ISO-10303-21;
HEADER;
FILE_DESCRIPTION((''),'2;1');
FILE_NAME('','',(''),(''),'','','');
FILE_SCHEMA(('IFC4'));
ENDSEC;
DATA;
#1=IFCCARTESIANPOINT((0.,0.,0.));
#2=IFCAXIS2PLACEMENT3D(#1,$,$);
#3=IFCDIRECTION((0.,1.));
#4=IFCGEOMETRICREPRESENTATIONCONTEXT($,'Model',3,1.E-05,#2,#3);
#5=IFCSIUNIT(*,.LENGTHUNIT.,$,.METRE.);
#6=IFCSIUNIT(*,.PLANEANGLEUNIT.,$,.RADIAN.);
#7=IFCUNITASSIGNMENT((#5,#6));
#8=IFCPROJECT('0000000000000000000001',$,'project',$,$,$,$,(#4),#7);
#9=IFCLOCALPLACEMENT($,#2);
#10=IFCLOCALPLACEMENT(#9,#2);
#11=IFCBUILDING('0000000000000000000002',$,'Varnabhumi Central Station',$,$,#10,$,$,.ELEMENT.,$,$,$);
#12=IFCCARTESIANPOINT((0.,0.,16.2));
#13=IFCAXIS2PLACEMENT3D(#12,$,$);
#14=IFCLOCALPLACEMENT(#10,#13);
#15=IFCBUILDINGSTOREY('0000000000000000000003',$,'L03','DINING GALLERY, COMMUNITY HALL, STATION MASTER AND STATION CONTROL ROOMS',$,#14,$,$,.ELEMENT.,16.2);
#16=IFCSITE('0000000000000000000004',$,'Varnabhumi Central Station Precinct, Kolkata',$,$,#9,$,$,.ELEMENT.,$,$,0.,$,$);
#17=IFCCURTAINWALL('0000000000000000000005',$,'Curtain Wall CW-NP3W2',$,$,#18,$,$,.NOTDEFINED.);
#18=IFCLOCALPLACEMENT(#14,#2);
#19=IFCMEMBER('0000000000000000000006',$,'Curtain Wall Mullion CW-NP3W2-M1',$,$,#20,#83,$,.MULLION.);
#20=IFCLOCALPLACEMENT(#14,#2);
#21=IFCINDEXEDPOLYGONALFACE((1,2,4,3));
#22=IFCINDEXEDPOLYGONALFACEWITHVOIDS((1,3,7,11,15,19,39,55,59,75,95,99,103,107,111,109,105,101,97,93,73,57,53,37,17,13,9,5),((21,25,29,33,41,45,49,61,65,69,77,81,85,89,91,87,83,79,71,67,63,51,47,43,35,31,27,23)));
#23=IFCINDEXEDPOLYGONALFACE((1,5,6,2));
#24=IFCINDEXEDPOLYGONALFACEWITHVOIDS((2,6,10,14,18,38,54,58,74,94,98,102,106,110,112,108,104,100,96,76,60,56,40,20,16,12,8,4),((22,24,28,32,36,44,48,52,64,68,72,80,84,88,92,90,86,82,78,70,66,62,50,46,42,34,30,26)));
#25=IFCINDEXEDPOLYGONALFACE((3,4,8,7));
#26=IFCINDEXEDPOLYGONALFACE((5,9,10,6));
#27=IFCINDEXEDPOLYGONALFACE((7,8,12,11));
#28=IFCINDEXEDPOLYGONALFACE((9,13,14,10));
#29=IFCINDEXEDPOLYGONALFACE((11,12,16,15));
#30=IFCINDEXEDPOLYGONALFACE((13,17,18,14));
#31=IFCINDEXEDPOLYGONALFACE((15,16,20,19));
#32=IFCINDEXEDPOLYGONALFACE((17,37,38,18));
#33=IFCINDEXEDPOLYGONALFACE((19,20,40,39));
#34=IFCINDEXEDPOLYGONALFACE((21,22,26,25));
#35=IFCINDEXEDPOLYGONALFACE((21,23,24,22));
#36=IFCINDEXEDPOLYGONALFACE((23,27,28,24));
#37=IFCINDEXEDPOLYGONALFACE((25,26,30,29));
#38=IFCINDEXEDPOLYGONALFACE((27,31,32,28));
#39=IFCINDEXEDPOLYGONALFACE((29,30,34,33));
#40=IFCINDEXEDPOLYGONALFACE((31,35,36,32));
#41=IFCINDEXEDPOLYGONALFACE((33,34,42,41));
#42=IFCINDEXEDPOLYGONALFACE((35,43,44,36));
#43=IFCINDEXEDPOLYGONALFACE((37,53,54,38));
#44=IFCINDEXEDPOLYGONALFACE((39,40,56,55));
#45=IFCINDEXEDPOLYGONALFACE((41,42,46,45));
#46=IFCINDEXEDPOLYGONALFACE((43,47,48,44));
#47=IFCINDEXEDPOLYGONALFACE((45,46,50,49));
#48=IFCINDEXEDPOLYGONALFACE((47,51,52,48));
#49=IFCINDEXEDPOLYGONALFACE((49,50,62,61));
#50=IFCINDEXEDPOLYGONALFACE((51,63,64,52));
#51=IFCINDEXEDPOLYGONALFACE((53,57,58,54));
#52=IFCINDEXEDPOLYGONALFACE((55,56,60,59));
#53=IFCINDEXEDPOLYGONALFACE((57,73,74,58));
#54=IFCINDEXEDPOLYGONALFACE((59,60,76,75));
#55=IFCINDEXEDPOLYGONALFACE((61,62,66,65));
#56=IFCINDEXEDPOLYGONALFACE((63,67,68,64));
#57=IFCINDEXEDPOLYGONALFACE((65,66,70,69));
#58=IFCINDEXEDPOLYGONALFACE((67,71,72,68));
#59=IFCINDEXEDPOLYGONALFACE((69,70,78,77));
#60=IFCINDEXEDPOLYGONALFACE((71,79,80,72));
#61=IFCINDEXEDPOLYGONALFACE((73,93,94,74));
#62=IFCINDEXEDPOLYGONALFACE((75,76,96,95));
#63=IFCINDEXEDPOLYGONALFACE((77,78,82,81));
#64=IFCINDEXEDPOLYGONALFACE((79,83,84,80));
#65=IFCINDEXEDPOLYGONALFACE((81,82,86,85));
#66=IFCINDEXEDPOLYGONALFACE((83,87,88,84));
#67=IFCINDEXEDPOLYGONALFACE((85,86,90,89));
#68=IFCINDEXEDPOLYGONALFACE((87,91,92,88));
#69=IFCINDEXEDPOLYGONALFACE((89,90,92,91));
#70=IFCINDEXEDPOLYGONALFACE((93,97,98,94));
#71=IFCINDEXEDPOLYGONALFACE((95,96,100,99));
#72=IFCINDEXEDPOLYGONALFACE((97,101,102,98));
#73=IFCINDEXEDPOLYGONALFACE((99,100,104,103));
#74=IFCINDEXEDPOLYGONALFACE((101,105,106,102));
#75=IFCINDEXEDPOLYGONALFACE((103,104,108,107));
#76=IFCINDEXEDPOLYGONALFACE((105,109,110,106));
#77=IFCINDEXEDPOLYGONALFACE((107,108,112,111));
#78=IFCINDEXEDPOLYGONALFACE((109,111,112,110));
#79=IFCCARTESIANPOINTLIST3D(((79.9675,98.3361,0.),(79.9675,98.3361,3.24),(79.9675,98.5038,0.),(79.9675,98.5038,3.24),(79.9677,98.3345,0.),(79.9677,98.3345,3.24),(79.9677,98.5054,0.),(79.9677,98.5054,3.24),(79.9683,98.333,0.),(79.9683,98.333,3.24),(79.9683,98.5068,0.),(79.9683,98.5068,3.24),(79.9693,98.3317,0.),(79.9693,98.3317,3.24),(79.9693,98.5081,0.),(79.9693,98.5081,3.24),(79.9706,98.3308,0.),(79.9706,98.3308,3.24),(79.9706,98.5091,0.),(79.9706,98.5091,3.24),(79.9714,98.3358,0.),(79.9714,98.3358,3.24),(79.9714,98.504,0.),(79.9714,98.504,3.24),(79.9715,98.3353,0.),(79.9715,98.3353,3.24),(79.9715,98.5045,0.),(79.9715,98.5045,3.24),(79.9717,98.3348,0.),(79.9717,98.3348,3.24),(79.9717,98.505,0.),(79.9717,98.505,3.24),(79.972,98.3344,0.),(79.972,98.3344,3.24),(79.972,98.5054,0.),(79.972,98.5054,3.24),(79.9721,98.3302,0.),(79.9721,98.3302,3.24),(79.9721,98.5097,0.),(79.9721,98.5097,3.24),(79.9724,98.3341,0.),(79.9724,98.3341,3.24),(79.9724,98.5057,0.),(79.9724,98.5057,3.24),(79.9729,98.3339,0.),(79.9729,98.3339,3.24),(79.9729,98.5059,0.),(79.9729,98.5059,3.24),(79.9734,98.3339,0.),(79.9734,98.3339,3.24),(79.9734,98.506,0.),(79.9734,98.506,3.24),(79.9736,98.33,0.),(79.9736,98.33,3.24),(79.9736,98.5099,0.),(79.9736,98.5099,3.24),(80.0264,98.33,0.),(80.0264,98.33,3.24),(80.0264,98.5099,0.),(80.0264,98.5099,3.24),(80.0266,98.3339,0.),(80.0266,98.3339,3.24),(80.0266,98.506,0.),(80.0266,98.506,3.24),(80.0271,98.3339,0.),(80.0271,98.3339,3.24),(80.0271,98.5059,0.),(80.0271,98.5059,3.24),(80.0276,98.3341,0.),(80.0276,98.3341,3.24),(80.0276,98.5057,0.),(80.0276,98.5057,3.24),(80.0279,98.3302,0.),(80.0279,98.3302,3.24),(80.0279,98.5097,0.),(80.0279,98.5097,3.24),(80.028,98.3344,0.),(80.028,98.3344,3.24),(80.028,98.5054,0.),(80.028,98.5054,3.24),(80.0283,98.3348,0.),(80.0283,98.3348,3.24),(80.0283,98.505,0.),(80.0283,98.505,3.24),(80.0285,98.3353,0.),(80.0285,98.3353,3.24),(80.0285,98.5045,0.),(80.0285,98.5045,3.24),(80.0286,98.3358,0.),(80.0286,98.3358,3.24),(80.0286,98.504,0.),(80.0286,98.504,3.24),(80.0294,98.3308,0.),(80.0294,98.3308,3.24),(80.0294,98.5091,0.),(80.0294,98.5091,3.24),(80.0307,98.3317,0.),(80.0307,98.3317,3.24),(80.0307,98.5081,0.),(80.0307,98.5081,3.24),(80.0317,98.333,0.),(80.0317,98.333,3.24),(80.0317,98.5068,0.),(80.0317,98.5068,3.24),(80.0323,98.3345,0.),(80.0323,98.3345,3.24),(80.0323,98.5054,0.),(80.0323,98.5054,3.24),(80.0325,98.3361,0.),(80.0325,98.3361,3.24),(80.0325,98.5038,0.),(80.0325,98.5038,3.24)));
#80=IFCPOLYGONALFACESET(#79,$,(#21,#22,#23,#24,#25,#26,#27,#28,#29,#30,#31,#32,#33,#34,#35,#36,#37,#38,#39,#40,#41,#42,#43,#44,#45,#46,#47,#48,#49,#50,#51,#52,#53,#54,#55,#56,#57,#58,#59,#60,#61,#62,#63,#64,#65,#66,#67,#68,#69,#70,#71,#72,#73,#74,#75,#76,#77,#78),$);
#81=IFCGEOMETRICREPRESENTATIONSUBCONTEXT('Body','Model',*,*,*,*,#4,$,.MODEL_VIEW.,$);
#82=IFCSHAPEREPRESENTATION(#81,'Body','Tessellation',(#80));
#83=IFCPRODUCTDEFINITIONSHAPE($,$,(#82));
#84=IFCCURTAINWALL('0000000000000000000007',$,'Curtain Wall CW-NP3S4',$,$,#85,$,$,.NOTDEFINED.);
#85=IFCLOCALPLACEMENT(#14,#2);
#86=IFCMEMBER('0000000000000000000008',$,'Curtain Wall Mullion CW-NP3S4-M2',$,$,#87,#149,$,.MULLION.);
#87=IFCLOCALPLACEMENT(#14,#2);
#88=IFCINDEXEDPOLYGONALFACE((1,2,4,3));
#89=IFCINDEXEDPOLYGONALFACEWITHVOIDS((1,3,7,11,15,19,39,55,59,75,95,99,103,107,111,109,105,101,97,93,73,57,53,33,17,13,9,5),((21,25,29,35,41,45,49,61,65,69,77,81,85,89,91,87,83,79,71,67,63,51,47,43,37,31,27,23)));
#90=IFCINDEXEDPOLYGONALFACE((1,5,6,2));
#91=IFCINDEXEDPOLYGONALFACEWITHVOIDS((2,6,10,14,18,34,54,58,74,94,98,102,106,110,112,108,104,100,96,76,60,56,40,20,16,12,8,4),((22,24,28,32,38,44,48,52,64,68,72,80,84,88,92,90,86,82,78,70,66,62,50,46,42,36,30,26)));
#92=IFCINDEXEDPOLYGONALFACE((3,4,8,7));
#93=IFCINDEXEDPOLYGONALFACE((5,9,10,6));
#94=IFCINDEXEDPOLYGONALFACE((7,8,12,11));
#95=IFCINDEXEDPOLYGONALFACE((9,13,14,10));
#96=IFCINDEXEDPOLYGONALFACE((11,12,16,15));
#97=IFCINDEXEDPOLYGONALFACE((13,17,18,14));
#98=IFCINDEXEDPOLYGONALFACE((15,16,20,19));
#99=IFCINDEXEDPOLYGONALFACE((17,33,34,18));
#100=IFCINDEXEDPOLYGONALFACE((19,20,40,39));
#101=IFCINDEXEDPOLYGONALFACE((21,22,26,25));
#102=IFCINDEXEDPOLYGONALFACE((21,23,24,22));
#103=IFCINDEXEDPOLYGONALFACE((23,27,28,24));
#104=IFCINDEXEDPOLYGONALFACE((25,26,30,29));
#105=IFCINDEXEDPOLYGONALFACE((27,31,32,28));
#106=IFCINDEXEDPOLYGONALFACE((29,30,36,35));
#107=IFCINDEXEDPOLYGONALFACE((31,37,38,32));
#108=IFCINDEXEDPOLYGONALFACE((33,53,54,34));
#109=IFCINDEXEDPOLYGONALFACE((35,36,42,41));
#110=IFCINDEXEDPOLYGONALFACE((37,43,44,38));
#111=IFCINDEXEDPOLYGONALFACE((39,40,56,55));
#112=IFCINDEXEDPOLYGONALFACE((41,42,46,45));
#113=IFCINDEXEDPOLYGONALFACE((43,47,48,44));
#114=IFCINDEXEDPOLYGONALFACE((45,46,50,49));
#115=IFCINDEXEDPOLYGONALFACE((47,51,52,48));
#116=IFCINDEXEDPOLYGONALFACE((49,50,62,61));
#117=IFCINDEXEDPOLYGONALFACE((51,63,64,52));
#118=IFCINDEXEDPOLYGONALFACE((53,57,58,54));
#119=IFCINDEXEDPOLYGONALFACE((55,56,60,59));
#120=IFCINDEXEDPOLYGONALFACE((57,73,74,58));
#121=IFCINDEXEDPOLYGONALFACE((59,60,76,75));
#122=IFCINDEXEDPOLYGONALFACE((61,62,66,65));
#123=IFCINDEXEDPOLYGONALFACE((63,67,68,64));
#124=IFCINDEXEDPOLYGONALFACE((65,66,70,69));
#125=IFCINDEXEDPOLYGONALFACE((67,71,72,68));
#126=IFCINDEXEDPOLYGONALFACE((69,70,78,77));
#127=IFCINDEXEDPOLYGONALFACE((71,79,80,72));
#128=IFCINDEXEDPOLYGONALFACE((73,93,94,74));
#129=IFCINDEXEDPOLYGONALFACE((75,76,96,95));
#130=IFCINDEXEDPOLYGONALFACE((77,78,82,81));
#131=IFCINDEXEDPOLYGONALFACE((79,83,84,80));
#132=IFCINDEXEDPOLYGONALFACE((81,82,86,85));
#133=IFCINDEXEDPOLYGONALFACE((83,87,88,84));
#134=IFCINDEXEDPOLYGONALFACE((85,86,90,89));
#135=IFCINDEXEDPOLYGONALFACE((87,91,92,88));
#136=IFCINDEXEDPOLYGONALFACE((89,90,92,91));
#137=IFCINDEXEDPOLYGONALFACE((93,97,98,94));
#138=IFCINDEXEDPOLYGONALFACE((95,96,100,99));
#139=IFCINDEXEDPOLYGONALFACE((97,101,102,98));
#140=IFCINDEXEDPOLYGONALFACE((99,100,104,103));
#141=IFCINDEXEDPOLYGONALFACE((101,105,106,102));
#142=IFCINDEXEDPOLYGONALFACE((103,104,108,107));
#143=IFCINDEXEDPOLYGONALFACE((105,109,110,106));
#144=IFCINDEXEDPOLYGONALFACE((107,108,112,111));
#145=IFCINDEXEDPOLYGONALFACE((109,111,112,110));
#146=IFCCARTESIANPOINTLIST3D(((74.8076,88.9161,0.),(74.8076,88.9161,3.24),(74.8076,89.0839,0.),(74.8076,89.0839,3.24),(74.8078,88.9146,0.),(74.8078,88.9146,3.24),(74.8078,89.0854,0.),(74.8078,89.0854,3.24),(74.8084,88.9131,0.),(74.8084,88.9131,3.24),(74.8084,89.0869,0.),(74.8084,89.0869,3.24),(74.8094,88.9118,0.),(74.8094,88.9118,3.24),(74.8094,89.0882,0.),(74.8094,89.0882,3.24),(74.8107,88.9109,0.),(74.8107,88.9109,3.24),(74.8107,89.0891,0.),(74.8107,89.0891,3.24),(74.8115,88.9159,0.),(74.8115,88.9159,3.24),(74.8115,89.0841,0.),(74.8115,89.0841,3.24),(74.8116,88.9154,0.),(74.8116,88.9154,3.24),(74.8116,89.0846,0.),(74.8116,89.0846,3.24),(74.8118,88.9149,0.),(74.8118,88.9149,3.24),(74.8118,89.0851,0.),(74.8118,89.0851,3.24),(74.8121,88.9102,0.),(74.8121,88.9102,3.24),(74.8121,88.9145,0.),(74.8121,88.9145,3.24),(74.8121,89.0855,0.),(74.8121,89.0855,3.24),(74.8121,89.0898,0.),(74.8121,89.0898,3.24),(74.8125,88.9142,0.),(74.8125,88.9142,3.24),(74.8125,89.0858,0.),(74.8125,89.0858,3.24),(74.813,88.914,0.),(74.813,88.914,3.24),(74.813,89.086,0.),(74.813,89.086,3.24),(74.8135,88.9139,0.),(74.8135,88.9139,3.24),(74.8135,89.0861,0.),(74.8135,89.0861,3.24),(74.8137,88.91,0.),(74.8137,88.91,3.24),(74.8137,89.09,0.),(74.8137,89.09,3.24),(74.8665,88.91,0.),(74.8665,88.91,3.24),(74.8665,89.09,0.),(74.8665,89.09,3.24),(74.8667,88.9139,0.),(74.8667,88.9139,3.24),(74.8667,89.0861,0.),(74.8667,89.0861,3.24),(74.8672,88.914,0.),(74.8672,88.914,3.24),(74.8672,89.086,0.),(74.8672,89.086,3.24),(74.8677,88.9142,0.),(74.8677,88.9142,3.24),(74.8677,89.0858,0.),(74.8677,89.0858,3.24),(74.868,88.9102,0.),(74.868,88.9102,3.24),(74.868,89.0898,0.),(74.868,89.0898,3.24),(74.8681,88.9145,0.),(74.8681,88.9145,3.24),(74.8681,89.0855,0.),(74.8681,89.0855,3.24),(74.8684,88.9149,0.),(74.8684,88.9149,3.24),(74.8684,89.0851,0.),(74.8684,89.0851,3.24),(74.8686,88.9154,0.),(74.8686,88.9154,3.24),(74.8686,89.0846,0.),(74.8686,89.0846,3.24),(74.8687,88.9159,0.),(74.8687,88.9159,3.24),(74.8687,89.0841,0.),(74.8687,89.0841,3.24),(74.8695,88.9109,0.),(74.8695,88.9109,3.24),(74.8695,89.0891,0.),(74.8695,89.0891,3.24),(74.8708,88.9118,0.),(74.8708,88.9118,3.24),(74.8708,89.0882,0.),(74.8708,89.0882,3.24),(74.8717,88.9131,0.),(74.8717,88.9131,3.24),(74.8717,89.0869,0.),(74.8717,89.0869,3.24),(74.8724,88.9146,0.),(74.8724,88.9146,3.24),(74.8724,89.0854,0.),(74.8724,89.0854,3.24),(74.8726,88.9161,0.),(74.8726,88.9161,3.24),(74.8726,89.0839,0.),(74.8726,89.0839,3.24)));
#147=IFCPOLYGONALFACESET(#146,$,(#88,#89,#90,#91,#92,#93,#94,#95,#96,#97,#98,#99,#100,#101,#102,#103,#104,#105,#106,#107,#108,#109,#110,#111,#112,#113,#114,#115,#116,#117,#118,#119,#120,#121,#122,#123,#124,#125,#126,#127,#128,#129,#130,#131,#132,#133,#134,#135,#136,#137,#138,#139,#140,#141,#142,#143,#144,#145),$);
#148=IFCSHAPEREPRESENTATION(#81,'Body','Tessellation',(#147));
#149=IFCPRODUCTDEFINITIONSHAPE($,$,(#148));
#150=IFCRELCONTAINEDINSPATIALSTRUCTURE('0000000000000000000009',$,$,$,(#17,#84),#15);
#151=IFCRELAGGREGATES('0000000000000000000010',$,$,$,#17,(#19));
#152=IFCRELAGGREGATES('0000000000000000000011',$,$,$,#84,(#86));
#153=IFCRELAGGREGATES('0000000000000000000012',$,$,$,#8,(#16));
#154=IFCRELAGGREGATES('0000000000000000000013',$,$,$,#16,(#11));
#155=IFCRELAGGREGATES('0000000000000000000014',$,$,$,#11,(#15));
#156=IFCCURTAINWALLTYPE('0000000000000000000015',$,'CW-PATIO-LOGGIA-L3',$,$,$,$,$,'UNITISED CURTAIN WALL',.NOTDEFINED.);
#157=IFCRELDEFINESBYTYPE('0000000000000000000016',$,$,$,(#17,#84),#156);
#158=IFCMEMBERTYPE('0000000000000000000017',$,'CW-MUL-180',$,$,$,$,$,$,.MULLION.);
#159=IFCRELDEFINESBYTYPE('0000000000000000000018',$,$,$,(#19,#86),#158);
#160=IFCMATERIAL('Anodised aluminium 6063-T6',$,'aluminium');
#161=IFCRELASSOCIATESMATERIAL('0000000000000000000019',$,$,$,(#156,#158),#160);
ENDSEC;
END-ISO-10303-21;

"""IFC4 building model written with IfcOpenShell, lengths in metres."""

from ifc_helpers import new_model, si_unit, direction, frame, origin, origin_2d, place, context, subcontext, project, spatial, hollow_rectangle, extrude, material, material_profile, profile_set, type_object, element, aggregate, save


model = new_model("IFC4")

# Units and contexts
model_context = context("Model", 3, precision=1e-05, world=origin(), true_north=direction((0.0, 1.0)))
body_context = subcontext(model_context, "Body", "Model", "MODEL_VIEW")
ifc_project = project(units=[si_unit("LENGTHUNIT", "METRE"), si_unit("PLANEANGLEUNIT", "RADIAN")], contexts=[model_context])

# Site, building, storey
site_placement = place(None, origin())
site = spatial("IfcSite", under=ifc_project, at=site_placement, Name="Varnabhumi Central Station Precinct, Kolkata", CompositionType="ELEMENT", RefElevation=0.0)
building_placement = place(site_placement, origin())
building = spatial("IfcBuilding", under=site, at=building_placement, Name="Varnabhumi Central Station", CompositionType="ELEMENT")
storey_placement = place(building_placement, frame((0.0, 0.0, 16.2)))
storey = spatial("IfcBuildingStorey", under=building, at=storey_placement, Name="L03", Description="DINING GALLERY, COMMUNITY HALL, STATION MASTER AND STATION CONTROL ROOMS", CompositionType="ELEMENT", Elevation=16.2)

# Shared definitions
ifc_material_1 = material(Name="Anodised aluminium 6063-T6", Category="aluminium")
curtain_wall_type = type_object("IfcCurtainWallType", Name="CW-PATIO-LOGGIA-L3", ElementType="UNITISED CURTAIN WALL", PredefinedType="NOTDEFINED", material=ifc_material_1)
ifc_material_profile_1 = material_profile(ifc_material_1, hollow_rectangle(XDim=0.0649, YDim=0.1799, WallThickness=0.0039, InnerFilletRadius=0.002, OuterFilletRadius=0.0061, at=origin_2d()), Name="Anodised aluminium 6063-T6", Category="aluminium")
ifc_profile_set_1 = profile_set([ifc_material_profile_1], Name="Anodised aluminium 6063-T6")
member_type_1 = type_object("IfcMemberType", Name="CW-MUL-180", PredefinedType="MULLION", material=ifc_profile_set_1)

# Curtain wall, member
curtain_wall_1_placement = place(storey_placement, origin())
curtain_wall_1 = element("IfcCurtainWall", 1, at=curtain_wall_1_placement, inside=storey, type_object=curtain_wall_type, Name="Curtain Wall CW-NP3W2", PredefinedType="NOTDEFINED")
member_1_placement = place(storey_placement, frame((80.0, 98.4199, 0.0), z_axis=(0.0, 0.0, 1.0), x_axis=(1.0, 0.0, 0.0)))
member_1 = element("IfcMember", 2, at=member_1_placement, type_object=member_type_1, Name="Curtain Wall Mullion CW-NP3W2-M1", PredefinedType="MULLION", context=body_context, shape_type="SweptSolid", body=[
    extrude(hollow_rectangle(XDim=0.0649, YDim=0.1799, WallThickness=0.0039, InnerFilletRadius=0.002, OuterFilletRadius=0.0061, at=origin_2d()), origin(), (0.0, 0.0, 1.0), 3.24),
])

# Curtain wall, member
curtain_wall_2_placement = place(storey_placement, origin())
curtain_wall_2 = element("IfcCurtainWall", 3, at=curtain_wall_2_placement, inside=storey, type_object=curtain_wall_type, Name="Curtain Wall CW-NP3S4", PredefinedType="NOTDEFINED")
member_2_placement = place(storey_placement, frame((74.8401, 89.0, 0.0), z_axis=(0.0, 0.0, 1.0), x_axis=(1.0, 0.0, 0.0)))
member_2 = element("IfcMember", 4, at=member_2_placement, type_object=member_type_1, Name="Curtain Wall Mullion CW-NP3S4-M2", PredefinedType="MULLION", context=body_context, shape_type="SweptSolid", body=[
    extrude(hollow_rectangle(XDim=0.0649, YDim=0.1799, WallThickness=0.0039, InnerFilletRadius=0.002, OuterFilletRadius=0.0061, at=origin_2d()), origin(), (0.0, 0.0, 1.0), 3.24),
])

aggregate(curtain_wall_1, [member_1])
aggregate(curtain_wall_2, [member_2])

save(model, "model.ifc")
